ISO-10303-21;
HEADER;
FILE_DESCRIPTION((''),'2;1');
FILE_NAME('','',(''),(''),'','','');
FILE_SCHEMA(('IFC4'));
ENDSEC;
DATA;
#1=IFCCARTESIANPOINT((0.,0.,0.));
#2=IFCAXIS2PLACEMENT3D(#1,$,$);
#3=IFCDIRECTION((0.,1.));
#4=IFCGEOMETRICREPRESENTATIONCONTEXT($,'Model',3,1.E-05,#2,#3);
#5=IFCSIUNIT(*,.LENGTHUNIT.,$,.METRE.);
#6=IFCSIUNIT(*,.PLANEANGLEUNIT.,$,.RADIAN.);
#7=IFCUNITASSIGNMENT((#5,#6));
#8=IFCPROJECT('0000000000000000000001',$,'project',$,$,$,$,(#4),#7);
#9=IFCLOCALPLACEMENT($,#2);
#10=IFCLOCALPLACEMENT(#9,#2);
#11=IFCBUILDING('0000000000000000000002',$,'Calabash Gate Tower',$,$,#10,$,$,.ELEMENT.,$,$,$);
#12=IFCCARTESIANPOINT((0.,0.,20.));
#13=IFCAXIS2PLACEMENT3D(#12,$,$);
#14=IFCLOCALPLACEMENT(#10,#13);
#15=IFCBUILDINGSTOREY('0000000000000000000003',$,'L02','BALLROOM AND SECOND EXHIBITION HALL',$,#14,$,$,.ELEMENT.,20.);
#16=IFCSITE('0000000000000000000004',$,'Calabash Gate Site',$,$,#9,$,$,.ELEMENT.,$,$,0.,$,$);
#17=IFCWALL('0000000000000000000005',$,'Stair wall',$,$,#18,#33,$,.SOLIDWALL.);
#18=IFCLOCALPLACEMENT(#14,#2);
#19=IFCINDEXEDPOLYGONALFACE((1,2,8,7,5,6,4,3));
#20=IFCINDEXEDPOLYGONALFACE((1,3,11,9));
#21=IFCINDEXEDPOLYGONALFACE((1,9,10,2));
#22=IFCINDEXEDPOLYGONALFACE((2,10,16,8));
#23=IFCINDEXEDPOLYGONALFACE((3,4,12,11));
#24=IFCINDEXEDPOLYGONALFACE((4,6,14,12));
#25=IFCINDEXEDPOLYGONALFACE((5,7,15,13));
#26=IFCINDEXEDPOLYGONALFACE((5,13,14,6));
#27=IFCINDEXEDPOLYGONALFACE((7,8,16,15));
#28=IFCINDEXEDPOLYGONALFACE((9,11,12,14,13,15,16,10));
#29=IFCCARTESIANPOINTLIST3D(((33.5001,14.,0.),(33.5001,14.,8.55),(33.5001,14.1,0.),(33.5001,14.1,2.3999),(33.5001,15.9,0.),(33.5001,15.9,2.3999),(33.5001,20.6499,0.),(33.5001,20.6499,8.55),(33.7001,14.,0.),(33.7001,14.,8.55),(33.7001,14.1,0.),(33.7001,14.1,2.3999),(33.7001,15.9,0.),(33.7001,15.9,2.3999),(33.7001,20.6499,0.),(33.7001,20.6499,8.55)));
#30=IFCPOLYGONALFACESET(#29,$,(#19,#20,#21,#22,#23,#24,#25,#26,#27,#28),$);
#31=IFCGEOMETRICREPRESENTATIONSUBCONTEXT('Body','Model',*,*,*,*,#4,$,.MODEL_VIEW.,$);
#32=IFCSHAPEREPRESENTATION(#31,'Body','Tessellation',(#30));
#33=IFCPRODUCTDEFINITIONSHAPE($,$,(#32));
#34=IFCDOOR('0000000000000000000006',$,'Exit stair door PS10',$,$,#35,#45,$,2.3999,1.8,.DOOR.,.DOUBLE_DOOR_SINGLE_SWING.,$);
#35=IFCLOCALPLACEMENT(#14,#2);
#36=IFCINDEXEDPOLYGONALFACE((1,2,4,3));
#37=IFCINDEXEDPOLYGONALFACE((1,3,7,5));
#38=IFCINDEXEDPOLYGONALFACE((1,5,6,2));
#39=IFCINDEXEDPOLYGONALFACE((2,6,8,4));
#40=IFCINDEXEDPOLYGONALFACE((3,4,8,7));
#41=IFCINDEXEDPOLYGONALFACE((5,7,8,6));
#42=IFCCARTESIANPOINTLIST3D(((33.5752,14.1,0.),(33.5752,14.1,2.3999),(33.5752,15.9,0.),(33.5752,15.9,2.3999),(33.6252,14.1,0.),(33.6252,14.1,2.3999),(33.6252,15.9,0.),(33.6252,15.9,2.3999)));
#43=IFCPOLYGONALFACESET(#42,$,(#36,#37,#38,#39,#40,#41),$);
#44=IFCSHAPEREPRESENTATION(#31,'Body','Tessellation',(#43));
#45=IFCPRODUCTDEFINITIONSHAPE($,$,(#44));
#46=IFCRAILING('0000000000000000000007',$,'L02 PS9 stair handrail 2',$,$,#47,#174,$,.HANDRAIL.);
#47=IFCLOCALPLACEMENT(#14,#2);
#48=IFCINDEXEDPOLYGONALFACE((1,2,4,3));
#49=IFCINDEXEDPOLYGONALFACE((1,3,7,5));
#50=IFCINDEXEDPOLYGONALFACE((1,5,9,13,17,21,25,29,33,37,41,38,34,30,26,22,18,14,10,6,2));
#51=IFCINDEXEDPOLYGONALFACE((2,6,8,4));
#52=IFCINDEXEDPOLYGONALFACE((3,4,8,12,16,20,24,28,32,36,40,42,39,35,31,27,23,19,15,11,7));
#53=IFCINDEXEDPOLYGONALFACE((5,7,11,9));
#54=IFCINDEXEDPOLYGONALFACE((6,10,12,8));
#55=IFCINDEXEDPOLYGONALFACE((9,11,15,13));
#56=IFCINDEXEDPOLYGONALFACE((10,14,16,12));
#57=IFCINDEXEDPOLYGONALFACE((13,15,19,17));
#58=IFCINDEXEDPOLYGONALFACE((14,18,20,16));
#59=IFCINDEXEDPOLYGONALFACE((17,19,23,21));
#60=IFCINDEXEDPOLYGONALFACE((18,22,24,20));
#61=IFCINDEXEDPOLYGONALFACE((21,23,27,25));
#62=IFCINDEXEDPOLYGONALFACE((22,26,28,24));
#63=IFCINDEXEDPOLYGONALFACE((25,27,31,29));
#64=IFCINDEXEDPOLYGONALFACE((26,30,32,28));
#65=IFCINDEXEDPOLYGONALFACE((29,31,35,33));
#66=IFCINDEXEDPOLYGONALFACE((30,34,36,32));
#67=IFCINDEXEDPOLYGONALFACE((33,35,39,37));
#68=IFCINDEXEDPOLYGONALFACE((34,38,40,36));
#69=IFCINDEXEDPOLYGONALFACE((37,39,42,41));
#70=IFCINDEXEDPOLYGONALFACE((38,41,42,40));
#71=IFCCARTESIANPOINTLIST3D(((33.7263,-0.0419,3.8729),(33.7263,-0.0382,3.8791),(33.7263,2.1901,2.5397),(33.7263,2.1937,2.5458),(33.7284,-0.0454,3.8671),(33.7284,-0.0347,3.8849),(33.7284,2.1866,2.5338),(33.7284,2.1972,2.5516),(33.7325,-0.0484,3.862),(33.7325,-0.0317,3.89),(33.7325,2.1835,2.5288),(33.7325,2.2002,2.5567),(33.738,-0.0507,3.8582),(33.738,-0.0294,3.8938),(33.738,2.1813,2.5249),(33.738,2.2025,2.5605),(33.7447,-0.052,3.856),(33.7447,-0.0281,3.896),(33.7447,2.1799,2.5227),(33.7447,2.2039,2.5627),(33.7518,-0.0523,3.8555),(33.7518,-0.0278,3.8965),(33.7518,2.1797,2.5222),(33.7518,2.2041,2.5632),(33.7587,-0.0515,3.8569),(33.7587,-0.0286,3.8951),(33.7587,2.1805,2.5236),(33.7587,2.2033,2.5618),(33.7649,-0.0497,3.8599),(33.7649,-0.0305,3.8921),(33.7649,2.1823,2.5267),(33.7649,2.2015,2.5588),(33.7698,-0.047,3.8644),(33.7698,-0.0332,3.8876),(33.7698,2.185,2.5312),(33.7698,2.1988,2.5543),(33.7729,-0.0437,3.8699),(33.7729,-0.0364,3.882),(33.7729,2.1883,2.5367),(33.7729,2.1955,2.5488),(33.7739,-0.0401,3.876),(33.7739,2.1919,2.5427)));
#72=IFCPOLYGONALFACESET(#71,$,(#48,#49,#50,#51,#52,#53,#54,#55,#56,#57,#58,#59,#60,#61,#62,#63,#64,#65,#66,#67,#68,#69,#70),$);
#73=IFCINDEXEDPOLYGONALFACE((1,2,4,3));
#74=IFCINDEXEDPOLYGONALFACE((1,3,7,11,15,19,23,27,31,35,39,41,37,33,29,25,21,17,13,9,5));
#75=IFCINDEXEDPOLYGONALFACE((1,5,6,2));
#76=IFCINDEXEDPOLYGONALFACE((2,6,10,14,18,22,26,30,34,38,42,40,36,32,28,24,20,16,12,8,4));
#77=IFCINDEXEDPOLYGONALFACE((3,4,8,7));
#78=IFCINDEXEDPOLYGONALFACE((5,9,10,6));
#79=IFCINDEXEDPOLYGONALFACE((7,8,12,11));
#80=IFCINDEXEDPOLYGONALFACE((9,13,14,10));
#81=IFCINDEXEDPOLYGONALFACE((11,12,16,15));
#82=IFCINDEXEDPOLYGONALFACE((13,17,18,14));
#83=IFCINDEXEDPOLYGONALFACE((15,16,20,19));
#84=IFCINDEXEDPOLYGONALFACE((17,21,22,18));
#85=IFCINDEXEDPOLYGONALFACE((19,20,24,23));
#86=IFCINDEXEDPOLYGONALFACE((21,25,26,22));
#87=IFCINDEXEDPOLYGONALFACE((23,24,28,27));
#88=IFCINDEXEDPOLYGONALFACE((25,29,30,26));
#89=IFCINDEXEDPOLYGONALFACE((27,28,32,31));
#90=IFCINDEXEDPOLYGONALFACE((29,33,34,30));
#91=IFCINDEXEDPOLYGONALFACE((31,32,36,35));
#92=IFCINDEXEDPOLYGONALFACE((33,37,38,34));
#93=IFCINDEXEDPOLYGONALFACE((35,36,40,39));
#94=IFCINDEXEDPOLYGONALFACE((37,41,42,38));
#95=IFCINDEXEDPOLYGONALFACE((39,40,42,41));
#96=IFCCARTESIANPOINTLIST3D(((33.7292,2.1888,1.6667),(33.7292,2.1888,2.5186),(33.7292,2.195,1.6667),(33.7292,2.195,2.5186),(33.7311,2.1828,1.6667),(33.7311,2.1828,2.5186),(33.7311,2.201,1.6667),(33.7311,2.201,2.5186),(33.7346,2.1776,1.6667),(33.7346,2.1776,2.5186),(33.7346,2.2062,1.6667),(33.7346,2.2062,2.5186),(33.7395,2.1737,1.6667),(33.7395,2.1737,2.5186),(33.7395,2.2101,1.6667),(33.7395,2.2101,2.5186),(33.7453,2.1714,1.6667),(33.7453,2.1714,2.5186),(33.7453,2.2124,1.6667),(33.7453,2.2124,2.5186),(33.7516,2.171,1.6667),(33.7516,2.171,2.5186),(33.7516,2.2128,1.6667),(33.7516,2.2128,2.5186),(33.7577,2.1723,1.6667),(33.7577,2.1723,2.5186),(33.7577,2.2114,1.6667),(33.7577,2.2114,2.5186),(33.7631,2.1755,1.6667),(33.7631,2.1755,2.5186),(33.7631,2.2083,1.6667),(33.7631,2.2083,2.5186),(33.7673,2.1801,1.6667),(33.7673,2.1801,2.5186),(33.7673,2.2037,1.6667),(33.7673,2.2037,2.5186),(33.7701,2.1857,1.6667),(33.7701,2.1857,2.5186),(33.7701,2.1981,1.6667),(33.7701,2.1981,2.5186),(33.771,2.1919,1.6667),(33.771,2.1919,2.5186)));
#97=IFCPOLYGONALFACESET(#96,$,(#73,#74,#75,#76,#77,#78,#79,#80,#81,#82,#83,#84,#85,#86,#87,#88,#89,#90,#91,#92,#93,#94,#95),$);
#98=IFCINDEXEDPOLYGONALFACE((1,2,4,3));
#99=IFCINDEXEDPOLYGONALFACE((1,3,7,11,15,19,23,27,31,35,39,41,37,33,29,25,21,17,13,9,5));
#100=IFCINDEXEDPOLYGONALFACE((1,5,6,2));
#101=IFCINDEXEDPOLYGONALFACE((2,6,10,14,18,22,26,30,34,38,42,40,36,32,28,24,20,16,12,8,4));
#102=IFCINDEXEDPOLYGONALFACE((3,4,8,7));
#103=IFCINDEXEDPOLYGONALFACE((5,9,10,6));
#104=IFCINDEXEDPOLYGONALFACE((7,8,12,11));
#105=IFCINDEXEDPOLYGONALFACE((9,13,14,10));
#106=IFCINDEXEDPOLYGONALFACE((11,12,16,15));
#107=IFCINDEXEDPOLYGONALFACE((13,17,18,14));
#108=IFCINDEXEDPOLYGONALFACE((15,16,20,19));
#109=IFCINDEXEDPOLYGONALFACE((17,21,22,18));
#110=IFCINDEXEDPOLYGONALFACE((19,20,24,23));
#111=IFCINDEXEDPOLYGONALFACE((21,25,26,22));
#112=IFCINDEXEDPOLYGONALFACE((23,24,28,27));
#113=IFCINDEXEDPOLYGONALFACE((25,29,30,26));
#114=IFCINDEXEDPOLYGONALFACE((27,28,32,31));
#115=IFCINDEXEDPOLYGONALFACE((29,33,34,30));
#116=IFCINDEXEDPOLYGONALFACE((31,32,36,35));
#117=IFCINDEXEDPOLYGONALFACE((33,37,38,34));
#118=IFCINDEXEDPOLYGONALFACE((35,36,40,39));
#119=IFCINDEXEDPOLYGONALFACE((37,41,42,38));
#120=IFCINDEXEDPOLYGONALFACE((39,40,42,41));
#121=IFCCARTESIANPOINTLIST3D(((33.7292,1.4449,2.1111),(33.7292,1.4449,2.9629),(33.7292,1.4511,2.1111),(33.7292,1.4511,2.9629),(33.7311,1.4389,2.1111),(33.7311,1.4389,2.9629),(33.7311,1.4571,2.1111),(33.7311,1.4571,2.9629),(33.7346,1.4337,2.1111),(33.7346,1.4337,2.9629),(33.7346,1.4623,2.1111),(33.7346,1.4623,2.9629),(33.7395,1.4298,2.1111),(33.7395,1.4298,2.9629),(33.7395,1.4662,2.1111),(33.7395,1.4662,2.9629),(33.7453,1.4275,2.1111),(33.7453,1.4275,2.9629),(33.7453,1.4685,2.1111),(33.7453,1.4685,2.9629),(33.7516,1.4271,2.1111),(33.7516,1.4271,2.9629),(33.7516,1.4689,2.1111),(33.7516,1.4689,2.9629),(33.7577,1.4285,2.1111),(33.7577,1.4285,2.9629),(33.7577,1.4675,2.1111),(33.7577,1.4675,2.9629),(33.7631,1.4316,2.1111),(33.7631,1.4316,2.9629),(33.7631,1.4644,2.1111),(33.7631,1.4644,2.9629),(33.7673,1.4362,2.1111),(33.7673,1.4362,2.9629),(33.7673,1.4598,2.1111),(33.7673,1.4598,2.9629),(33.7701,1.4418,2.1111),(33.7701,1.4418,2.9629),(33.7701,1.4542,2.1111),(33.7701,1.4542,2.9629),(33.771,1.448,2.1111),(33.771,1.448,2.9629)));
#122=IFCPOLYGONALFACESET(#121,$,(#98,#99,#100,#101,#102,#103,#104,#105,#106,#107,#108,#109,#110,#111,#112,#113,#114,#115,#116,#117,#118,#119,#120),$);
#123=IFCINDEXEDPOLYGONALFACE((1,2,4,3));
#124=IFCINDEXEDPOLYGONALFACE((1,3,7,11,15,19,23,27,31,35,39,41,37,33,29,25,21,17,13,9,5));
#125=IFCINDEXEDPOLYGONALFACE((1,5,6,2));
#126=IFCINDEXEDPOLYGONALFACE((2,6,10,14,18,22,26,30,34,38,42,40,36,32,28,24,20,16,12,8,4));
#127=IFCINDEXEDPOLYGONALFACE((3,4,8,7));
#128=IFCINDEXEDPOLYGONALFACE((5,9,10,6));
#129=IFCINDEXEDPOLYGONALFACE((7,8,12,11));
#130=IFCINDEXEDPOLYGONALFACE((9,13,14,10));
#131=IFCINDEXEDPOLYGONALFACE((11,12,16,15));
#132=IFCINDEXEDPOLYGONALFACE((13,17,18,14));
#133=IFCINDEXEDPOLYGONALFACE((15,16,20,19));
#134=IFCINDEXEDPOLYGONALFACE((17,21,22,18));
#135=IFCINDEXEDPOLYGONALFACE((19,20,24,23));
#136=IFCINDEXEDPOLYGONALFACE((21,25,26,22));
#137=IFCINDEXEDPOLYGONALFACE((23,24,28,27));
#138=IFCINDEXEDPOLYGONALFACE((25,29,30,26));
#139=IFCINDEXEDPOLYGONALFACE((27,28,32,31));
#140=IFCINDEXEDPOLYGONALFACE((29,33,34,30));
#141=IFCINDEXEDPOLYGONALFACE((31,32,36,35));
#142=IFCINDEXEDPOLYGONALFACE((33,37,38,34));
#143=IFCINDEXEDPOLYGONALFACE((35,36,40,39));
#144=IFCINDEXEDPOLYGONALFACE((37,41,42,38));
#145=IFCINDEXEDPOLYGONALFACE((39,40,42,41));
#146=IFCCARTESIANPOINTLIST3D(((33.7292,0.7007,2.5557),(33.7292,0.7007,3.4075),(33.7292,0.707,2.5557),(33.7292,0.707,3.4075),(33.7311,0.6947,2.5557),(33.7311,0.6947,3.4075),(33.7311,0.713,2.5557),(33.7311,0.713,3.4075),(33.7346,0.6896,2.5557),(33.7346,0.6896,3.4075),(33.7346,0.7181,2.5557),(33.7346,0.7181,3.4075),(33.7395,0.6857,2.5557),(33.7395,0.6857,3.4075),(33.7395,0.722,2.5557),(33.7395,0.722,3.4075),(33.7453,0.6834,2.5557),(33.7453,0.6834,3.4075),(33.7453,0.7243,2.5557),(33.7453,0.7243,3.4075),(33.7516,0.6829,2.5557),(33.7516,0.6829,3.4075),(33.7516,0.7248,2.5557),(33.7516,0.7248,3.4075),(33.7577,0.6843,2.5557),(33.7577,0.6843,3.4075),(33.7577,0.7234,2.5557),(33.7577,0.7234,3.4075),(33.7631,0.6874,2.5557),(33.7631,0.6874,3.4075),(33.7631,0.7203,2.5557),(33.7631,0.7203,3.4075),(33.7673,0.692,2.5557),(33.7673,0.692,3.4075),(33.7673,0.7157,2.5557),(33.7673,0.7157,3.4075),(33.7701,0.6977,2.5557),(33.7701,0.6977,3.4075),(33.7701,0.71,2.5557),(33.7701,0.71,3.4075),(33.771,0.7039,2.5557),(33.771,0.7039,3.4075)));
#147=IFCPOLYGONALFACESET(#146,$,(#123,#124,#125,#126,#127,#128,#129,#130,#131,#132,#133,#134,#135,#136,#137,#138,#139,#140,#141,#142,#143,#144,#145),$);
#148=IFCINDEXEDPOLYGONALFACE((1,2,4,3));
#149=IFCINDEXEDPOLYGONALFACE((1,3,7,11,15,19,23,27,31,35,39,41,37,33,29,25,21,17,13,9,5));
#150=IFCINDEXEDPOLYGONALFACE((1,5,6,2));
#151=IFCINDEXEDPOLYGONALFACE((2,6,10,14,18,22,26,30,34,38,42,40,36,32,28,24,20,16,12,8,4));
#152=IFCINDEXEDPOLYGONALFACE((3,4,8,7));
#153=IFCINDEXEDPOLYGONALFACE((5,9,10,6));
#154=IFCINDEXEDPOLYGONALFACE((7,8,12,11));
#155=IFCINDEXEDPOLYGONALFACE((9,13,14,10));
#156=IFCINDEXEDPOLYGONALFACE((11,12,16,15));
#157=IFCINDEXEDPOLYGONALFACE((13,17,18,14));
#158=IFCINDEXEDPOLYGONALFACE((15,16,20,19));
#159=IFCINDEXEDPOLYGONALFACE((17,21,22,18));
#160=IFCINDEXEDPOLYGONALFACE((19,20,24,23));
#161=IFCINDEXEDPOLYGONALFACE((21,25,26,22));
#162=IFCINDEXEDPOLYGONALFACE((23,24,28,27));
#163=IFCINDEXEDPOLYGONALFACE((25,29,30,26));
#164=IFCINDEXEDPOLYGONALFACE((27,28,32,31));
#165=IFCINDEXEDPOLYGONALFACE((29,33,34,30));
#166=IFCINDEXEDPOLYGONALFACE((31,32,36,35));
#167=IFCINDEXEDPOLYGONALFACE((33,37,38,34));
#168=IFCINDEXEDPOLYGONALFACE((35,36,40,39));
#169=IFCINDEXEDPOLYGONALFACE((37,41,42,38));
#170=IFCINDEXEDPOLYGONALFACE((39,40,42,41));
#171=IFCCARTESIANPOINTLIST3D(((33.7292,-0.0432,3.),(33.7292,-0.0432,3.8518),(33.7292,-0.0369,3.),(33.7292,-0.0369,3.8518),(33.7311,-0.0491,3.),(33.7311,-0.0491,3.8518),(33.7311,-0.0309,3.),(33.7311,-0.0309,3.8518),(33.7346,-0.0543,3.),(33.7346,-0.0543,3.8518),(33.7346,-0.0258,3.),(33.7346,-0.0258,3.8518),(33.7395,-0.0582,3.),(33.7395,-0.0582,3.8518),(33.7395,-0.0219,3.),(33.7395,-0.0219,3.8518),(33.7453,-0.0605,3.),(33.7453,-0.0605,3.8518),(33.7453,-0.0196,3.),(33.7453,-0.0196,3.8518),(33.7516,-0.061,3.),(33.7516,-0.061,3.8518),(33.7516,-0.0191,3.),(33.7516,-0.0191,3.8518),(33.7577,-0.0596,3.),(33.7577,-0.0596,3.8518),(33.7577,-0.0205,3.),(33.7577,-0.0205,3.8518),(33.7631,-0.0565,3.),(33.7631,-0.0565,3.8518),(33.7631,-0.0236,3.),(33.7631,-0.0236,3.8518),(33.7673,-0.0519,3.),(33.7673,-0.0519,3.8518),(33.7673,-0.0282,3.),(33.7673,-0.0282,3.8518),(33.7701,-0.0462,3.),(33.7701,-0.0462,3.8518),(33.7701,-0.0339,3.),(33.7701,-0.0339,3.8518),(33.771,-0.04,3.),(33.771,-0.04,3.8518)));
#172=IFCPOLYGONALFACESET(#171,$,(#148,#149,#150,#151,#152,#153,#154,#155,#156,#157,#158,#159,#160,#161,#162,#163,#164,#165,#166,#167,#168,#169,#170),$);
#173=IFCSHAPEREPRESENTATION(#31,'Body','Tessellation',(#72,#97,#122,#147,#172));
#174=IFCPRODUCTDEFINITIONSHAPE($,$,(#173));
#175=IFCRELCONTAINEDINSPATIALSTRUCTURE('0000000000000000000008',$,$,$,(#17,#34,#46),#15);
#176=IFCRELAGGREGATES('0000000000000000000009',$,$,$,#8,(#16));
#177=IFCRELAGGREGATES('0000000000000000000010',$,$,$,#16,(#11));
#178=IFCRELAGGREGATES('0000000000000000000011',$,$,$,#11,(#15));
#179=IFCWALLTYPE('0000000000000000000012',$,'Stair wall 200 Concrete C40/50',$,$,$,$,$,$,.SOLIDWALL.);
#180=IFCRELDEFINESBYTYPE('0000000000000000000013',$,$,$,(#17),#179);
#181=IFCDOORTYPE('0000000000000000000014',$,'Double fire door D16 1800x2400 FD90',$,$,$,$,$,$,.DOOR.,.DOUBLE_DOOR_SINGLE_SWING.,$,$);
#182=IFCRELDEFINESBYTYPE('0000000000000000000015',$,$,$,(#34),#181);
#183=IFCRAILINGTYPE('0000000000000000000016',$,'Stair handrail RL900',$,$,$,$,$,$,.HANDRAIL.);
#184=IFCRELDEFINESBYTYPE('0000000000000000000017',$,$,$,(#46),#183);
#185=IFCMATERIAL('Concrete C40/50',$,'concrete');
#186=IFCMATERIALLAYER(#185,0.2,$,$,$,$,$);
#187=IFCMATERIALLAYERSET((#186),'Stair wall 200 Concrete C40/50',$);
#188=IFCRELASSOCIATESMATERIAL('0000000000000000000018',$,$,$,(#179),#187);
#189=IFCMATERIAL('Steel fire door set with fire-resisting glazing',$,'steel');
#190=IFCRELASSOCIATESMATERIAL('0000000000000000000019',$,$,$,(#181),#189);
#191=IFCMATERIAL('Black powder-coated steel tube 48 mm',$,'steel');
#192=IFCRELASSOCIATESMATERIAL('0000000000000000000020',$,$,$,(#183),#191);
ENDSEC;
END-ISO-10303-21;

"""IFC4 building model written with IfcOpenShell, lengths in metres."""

from ifc_helpers import new_model, si_unit, direction, frame, frame_2d, origin, origin_2d, place, context, subcontext, project, spatial, rectangle, circle, extrude, material, layer, layer_set, type_object, element, fill, save


model = new_model("IFC4")

# Units and contexts
model_context = context("Model", 3, precision=1e-05, world=origin(), true_north=direction((0.0, 1.0)))
body_context = subcontext(model_context, "Body", "Model", "MODEL_VIEW")
ifc_project = project(units=[si_unit("LENGTHUNIT", "METRE"), si_unit("PLANEANGLEUNIT", "RADIAN")], contexts=[model_context])

# Site, building, storey
site_placement = place(None, origin())
site = spatial("IfcSite", under=ifc_project, at=site_placement, Name="Calabash Gate Site", CompositionType="ELEMENT", RefElevation=0.0)
building_placement = place(site_placement, origin())
building = spatial("IfcBuilding", under=site, at=building_placement, Name="Calabash Gate Tower", CompositionType="ELEMENT")
storey_placement = place(building_placement, frame((0.0, 0.0, 20.0)))
storey = spatial("IfcBuildingStorey", under=building, at=storey_placement, Name="L02", Description="BALLROOM AND SECOND EXHIBITION HALL", CompositionType="ELEMENT", Elevation=20.0)

# Shared definitions
ifc_material_1 = material(Name="Concrete C40/50", Category="concrete")
ifc_layer_1 = layer(ifc_material_1, 0.2)
ifc_layer_set_1 = layer_set([ifc_layer_1], Name="Stair wall 200 Concrete C40/50")
wall_type_1 = type_object("IfcWallType", Name="Stair wall 200 Concrete C40/50", PredefinedType="SOLIDWALL", material=ifc_layer_set_1)

# Wall, opening, door
wall_1_placement = place(storey_placement, frame((33.6001, 14.0, 0.0), z_axis=(0.0, 0.0, 1.0), x_axis=(0.0, 1.0, 0.0)))
wall_1 = element("IfcWall", 1, at=wall_1_placement, inside=storey, type_object=wall_type_1, Name="Stair wall", PredefinedType="SOLIDWALL", context=body_context, shape_type="SweptSolid", body=[
    extrude(rectangle(XDim=6.6499, YDim=0.2, at=frame_2d((3.325, 0.0))), origin(), (0.0, 0.0, 1.0), 8.55),
])
opening_1_placement = place(wall_1_placement, frame((0.1001, 0.0, 0.0)))
opening_1 = element("IfcOpeningElement", 2, at=opening_1_placement, cuts=wall_1, PredefinedType="OPENING", context=body_context, shape_type="SweptSolid", body=[
    extrude(rectangle(XDim=1.8, YDim=2.3999, at=frame_2d((0.8999, 1.2))), frame((0.0, 0.1099, 0.0), z_axis=(0.0, -1.0, 0.0), x_axis=(1.0, 0.0, 0.0)), (0.0, 0.0, 1.0), 0.22),
])
ifc_material_2 = material(Name="Steel fire door set with fire-resisting glazing", Category="steel")
door_type_1 = type_object("IfcDoorType", Name="Double fire door D16 1800x2400 FD90", OperationType="DOUBLE_DOOR_SINGLE_SWING", PredefinedType="DOOR", material=ifc_material_2)
door_1_placement = place(opening_1_placement, origin())
door_1 = element("IfcDoor", 3, at=door_1_placement, inside=storey, type_object=door_type_1, Name="Exit stair door PS10", OperationType="DOUBLE_DOOR_SINGLE_SWING", OverallHeight=2.3999, OverallWidth=1.8, PredefinedType="DOOR", context=body_context, shape_type="SweptSolid", body=[
    extrude(rectangle(XDim=1.8, YDim=2.3999, at=frame_2d((0.8999, 1.2))), frame((0.0, 0.0249, 0.0), z_axis=(0.0, -1.0, 0.0), x_axis=(1.0, 0.0, 0.0)), (0.0, 0.0, 1.0), 0.05),
])
fill(opening_1, door_1)

# Railing
ifc_material_3 = material(Name="Black powder-coated steel tube 48 mm", Category="steel")
railing_type = type_object("IfcRailingType", Name="Stair handrail RL900", PredefinedType="HANDRAIL", material=ifc_material_3)
for number, where, name in (
    (4, (33.75, 2.1919, 1.6667), "L02 PS9 stair handrail 2"),
):
    element("IfcRailing", number, at=place(storey_placement, frame(where)), inside=storey, type_object=railing_type, Name=name, PredefinedType="HANDRAIL", context=body_context, shape_type="SweptSolid", body=[
        extrude(circle(Radius=0.0239, at=origin_2d()), frame((0.0, 0.0, 0.876), z_axis=(0.0, -0.858494, 0.512824), x_axis=(1.0, 0.0, 0.0)), (0.0, 0.0, 1.0), 2.5999),
        extrude(circle(Radius=0.021, at=origin_2d()), origin(), (0.0, 0.0, 1.0), 0.8518),
        extrude(circle(Radius=0.021, at=origin_2d()), frame((0.0, -0.7439, 0.4443)), (0.0, 0.0, 1.0), 0.8518),
        extrude(circle(Radius=0.021, at=origin_2d()), frame((0.0, -1.488, 0.8889)), (0.0, 0.0, 1.0), 0.8518),
        extrude(circle(Radius=0.021, at=origin_2d()), frame((0.0, -2.2319, 1.3333)), (0.0, 0.0, 1.0), 0.8518),
    ])

save(model, "model.ifc")
